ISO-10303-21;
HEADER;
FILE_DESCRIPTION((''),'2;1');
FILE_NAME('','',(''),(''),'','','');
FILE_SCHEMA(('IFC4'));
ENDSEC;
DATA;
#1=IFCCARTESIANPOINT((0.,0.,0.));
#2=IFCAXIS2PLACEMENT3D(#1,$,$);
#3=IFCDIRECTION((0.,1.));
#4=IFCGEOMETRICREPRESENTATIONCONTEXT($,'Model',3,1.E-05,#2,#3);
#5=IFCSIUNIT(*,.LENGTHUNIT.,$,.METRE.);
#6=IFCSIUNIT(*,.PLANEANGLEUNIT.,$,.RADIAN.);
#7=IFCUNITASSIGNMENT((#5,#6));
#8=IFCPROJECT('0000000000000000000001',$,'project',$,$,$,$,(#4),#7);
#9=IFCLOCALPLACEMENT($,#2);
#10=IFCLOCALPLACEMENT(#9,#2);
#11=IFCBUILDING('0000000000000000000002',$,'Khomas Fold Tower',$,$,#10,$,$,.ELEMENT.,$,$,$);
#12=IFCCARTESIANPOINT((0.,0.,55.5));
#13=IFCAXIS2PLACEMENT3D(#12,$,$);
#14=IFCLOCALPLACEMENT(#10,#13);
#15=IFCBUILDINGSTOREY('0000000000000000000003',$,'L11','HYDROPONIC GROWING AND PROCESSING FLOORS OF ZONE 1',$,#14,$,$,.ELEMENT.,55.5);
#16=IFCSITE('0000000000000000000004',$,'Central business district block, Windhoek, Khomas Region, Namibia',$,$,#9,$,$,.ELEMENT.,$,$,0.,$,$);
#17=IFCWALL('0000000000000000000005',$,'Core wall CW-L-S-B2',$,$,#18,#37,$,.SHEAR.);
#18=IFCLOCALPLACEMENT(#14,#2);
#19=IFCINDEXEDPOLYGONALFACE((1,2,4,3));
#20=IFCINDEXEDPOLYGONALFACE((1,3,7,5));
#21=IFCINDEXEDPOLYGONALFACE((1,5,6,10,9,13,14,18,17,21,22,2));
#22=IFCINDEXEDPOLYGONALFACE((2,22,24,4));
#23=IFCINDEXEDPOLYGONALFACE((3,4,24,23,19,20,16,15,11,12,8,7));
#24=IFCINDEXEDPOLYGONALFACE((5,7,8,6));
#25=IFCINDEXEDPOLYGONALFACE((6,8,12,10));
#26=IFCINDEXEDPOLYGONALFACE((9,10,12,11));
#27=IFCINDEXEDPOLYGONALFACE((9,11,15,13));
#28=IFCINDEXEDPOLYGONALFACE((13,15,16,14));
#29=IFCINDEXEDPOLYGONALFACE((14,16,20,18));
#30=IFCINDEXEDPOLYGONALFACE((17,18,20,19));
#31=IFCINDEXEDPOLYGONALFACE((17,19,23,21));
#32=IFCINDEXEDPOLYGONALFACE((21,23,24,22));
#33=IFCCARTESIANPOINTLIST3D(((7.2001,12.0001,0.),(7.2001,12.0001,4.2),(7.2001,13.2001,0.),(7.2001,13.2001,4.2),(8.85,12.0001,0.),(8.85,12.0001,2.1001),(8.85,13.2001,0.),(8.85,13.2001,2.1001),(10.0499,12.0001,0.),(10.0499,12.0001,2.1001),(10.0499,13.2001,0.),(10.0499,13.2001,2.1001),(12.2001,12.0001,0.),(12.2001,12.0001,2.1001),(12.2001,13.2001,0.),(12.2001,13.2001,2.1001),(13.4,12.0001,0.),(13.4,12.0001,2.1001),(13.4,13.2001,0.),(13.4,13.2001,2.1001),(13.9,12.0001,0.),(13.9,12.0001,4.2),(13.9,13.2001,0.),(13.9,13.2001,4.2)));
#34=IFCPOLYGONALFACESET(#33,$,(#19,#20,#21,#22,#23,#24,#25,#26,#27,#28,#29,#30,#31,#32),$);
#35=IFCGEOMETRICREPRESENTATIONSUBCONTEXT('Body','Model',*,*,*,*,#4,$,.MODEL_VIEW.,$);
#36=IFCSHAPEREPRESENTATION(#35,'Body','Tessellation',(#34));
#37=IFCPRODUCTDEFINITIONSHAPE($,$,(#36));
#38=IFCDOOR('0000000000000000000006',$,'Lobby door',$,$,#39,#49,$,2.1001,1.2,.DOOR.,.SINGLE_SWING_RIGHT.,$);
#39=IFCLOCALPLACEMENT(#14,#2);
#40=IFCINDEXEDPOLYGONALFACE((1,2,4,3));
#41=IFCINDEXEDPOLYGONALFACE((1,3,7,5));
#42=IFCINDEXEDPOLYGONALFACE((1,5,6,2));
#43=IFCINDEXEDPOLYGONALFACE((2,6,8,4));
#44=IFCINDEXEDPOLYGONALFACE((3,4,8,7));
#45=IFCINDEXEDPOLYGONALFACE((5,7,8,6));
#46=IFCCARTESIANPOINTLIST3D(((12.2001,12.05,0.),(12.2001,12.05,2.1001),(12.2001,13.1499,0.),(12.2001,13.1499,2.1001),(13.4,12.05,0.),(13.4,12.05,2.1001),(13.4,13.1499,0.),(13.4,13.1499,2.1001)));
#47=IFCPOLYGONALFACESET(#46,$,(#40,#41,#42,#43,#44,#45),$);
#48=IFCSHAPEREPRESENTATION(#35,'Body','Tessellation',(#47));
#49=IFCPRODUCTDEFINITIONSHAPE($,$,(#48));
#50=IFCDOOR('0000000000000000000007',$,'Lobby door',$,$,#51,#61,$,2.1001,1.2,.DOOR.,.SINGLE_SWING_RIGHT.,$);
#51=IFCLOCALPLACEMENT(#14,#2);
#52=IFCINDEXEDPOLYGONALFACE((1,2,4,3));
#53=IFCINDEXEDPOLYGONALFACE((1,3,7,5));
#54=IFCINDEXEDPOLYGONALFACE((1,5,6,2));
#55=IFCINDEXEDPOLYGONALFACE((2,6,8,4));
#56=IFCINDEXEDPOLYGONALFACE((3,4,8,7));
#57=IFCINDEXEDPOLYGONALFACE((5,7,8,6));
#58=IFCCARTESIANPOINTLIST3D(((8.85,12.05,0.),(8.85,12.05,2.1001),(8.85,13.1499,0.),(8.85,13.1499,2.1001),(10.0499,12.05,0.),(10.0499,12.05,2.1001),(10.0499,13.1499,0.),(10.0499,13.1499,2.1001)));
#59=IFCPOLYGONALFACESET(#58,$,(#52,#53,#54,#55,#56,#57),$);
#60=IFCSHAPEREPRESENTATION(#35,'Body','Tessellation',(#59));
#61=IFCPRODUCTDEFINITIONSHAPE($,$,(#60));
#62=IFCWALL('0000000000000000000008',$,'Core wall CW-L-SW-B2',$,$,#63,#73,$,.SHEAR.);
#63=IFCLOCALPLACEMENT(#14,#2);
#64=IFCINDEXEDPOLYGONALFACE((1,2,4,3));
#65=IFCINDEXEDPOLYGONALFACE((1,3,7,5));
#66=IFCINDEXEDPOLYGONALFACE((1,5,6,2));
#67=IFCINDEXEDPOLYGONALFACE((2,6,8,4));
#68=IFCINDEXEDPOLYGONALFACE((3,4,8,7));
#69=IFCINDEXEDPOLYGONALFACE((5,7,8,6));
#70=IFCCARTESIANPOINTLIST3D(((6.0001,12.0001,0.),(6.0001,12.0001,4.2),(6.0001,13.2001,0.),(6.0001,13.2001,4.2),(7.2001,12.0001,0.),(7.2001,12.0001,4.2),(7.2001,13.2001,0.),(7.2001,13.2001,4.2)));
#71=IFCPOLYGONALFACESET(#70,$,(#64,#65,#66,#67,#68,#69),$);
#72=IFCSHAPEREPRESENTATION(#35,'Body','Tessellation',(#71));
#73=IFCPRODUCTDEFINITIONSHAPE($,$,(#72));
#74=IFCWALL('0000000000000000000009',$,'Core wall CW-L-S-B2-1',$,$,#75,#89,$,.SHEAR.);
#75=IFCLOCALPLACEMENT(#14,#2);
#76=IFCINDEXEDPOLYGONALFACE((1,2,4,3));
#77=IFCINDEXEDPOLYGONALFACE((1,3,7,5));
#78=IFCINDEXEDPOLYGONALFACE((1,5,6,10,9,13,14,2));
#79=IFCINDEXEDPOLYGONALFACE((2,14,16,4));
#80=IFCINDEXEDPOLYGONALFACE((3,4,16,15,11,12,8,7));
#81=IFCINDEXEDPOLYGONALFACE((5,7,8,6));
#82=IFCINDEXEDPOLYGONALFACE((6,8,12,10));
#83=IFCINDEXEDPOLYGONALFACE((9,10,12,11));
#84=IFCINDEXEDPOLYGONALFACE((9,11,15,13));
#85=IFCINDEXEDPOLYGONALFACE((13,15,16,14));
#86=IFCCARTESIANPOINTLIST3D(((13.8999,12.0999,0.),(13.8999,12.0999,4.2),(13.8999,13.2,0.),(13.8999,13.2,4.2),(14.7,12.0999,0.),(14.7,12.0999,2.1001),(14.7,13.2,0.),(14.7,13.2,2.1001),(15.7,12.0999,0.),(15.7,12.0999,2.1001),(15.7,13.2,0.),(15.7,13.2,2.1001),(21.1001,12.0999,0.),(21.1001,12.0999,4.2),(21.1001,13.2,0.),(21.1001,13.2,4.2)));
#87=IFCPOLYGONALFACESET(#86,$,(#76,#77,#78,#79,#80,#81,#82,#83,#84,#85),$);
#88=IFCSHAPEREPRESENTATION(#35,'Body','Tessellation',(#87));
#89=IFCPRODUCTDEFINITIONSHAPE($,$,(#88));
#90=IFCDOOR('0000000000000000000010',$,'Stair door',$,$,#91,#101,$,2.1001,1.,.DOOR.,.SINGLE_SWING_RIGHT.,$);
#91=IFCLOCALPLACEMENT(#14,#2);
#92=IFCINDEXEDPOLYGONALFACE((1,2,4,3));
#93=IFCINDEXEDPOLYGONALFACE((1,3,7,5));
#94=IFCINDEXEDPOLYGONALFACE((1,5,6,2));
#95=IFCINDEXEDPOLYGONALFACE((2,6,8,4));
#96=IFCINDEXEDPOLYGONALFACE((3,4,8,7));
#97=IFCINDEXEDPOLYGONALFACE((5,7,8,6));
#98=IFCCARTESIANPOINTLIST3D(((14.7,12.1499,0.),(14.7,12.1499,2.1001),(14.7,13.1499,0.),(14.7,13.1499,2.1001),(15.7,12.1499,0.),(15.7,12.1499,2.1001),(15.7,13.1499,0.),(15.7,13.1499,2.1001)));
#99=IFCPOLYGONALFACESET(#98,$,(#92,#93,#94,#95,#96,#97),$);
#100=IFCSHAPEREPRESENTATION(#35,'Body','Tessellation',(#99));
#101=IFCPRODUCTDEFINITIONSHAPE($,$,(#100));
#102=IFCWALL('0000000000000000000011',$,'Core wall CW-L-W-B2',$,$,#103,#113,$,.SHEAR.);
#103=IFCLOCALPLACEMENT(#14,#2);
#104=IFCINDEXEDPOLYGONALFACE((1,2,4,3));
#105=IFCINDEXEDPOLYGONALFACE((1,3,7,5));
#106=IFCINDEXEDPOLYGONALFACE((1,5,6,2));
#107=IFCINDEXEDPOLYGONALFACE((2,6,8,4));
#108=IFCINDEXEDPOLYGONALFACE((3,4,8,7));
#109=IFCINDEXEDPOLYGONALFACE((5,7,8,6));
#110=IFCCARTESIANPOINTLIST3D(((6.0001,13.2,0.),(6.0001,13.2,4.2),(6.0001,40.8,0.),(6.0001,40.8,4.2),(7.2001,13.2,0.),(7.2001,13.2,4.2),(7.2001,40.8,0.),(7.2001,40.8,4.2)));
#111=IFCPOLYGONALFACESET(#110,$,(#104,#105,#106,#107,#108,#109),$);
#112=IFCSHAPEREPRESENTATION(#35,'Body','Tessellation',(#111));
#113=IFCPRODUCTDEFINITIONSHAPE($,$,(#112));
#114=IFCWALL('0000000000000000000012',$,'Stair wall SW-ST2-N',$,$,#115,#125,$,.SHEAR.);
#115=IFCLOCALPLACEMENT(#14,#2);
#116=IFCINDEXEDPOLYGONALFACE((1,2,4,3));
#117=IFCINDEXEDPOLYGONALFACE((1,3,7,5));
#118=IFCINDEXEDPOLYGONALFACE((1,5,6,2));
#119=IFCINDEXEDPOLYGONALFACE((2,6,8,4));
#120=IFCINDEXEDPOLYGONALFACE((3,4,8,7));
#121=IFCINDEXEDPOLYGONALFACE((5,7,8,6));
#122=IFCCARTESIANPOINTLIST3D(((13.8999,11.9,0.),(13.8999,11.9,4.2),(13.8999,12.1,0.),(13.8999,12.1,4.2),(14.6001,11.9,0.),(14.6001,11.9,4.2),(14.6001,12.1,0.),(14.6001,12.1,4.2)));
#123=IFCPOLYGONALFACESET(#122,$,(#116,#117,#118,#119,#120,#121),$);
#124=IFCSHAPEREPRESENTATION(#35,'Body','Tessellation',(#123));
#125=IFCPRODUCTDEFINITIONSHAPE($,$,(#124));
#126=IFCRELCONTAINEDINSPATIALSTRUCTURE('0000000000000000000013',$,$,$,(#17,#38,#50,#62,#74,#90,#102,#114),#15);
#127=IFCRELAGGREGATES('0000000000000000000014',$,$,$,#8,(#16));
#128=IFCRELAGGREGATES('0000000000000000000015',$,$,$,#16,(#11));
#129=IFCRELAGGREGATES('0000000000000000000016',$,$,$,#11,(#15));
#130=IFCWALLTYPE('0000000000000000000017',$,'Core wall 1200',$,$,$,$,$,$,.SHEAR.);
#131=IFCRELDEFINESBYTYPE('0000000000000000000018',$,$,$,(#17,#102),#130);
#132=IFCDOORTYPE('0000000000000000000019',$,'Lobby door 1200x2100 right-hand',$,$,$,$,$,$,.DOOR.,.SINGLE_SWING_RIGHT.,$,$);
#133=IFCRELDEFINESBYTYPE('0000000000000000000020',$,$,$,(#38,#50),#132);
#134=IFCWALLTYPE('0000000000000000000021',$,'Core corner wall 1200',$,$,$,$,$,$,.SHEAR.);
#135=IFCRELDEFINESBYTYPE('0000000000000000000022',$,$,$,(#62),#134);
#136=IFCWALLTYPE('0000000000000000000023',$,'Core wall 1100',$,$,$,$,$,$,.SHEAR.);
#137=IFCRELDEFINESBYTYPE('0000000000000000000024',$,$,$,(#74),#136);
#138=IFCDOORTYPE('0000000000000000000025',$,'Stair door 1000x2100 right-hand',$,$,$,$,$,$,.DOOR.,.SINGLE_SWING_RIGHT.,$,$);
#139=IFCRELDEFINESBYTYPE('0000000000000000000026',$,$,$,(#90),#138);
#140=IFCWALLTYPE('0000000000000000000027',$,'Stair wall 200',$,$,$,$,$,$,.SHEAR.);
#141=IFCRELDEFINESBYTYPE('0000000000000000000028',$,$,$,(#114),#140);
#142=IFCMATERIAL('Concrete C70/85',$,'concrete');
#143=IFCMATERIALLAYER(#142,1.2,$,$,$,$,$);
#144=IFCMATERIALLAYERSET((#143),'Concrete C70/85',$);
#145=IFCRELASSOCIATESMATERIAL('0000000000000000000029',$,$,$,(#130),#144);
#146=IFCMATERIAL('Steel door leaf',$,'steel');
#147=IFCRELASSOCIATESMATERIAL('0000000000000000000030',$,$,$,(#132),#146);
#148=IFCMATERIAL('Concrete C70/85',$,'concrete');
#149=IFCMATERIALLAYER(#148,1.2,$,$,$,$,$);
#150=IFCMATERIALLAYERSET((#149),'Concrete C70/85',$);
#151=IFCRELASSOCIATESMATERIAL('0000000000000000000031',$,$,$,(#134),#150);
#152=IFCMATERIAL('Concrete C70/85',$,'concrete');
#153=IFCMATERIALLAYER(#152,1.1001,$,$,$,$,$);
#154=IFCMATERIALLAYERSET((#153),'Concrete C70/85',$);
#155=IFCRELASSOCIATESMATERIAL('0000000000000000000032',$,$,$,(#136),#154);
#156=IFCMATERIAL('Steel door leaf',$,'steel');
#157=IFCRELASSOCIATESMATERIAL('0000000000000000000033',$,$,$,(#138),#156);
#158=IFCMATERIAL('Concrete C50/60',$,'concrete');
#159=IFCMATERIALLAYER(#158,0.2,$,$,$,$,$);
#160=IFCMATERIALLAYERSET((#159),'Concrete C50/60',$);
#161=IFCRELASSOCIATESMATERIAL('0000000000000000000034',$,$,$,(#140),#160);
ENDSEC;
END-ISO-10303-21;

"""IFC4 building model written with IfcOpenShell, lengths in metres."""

from ifc_helpers import new_model, si_unit, direction, frame, frame_2d, origin, place, context, subcontext, project, spatial, rectangle, extrude, source, transform, mapped, material, layer, layer_set, type_object, element, fill, save


model = new_model("IFC4")

# Units and contexts
model_context = context("Model", 3, precision=1e-05, world=origin(), true_north=direction((0.0, 1.0)))
body_context = subcontext(model_context, "Body", "Model", "MODEL_VIEW")
ifc_project = project(units=[si_unit("LENGTHUNIT", "METRE"), si_unit("PLANEANGLEUNIT", "RADIAN")], contexts=[model_context])

# Site, building, storey
site_placement = place(None, origin())
site = spatial("IfcSite", under=ifc_project, at=site_placement, Name="Central business district block, Windhoek, Khomas Region, Namibia", CompositionType="ELEMENT", RefElevation=0.0)
building_placement = place(site_placement, origin())
building = spatial("IfcBuilding", under=site, at=building_placement, Name="Khomas Fold Tower", CompositionType="ELEMENT")
storey_placement = place(building_placement, frame((0.0, 0.0, 55.5)))
storey = spatial("IfcBuildingStorey", under=building, at=storey_placement, Name="L11", Description="HYDROPONIC GROWING AND PROCESSING FLOORS OF ZONE 1", CompositionType="ELEMENT", Elevation=55.5)

# Wall, openings, doors
ifc_material_1 = material(Name="Concrete C70/85", Category="concrete")
ifc_layer_1 = layer(ifc_material_1, 1.2)
ifc_layer_set_1 = layer_set([ifc_layer_1], Name="Concrete C70/85")
wall_type_1 = type_object("IfcWallType", Name="Core wall 1200", PredefinedType="SHEAR", material=ifc_layer_set_1)
shared_shape_1 = source(origin(), body_context, "Body", "SweptSolid", [
    extrude(rectangle(XDim=6.7, YDim=1.2, at=frame_2d((3.3501, 0.0))), origin(), (0.0, 0.0, 1.0), 4.2),
])
wall_1_placement = place(storey_placement, frame((7.2, 12.6001, 0.0), z_axis=(0.0, 0.0, 1.0), x_axis=(1.0, 0.0, 0.0)))
wall_1 = element("IfcWall", 1, at=wall_1_placement, inside=storey, type_object=wall_type_1, Name="Core wall CW-L-S-B2", PredefinedType="SHEAR", context=body_context, shape_type="MappedRepresentation", body=[
    mapped(shared_shape_1, transform((0.0, 0.0, 0.0))),
])
shared_shape_2 = source(origin(), body_context, "Body", "SweptSolid", [
    extrude(rectangle(XDim=1.2, YDim=2.1001, at=frame_2d((0.6001, 1.05))), frame((0.0, 0.6099, 0.0), z_axis=(0.0, -1.0, 0.0), x_axis=(1.0, 0.0, 0.0)), (0.0, 0.0, 1.0), 1.22),
])
opening_1_placement = place(wall_1_placement, frame((5.0, 0.0, 0.0)))
opening_1 = element("IfcOpeningElement", 2, at=opening_1_placement, cuts=wall_1, PredefinedType="OPENING", context=body_context, shape_type="MappedRepresentation", body=[
    mapped(shared_shape_2, transform((0.0, 0.0, 0.0))),
])
opening_2_placement = place(wall_1_placement, frame((1.6499, 0.0, 0.0)))
opening_2 = element("IfcOpeningElement", 3, at=opening_2_placement, cuts=wall_1, PredefinedType="OPENING", context=body_context, shape_type="MappedRepresentation", body=[
    mapped(shared_shape_2, transform((0.0, 0.0, 0.0))),
])
ifc_material_2 = material(Name="Steel door leaf", Category="steel")
door_type_1 = type_object("IfcDoorType", Name="Lobby door 1200x2100 right-hand", OperationType="SINGLE_SWING_RIGHT", PredefinedType="DOOR", material=ifc_material_2)
shared_shape_3 = source(origin(), body_context, "Body", "SweptSolid", [
    extrude(rectangle(XDim=1.2, YDim=2.1001, at=frame_2d((0.6001, 1.05))), frame((0.0, 0.5498, 0.0), z_axis=(0.0, -1.0, 0.0), x_axis=(1.0, 0.0, 0.0)), (0.0, 0.0, 1.0), 1.0999),
])
door_1_placement = place(opening_1_placement, origin())
door_1 = element("IfcDoor", 4, at=door_1_placement, inside=storey, type_object=door_type_1, Name="Lobby door", OperationType="SINGLE_SWING_RIGHT", OverallHeight=2.1001, OverallWidth=1.2, PredefinedType="DOOR", context=body_context, shape_type="MappedRepresentation", body=[
    mapped(shared_shape_3, transform((0.0, 0.0, 0.0))),
])
fill(opening_1, door_1)
door_2_placement = place(opening_2_placement, origin())
door_2 = element("IfcDoor", 5, at=door_2_placement, inside=storey, type_object=door_type_1, Name="Lobby door", OperationType="SINGLE_SWING_RIGHT", OverallHeight=2.1001, OverallWidth=1.2, PredefinedType="DOOR", context=body_context, shape_type="MappedRepresentation", body=[
    mapped(shared_shape_3, transform((0.0, 0.0, 0.0))),
])
fill(opening_2, door_2)

# Wall
ifc_material_3 = material(Name="Concrete C70/85", Category="concrete")
ifc_layer_2 = layer(ifc_material_3, 1.2)
ifc_layer_set_2 = layer_set([ifc_layer_2], Name="Concrete C70/85")
wall_type_2 = type_object("IfcWallType", Name="Core corner wall 1200", PredefinedType="SHEAR", material=ifc_layer_set_2)
shared_shape_4 = source(origin(), body_context, "Body", "SweptSolid", [
    extrude(rectangle(XDim=1.2, YDim=1.2, at=frame_2d((0.6001, 0.0))), origin(), (0.0, 0.0, 1.0), 4.2),
])
wall_2_placement = place(storey_placement, frame((6.0, 12.6001, 0.0), z_axis=(0.0, 0.0, 1.0), x_axis=(1.0, 0.0, 0.0)))
element("IfcWall", 6, at=wall_2_placement, inside=storey, type_object=wall_type_2, Name="Core wall CW-L-SW-B2", PredefinedType="SHEAR", context=body_context, shape_type="MappedRepresentation", body=[
    mapped(shared_shape_4, transform((0.0, 0.0, 0.0))),
])

# Wall, opening, door
ifc_material_4 = material(Name="Concrete C70/85", Category="concrete")
ifc_layer_3 = layer(ifc_material_4, 1.1001)
ifc_layer_set_3 = layer_set([ifc_layer_3], Name="Concrete C70/85")
wall_type_3 = type_object("IfcWallType", Name="Core wall 1100", PredefinedType="SHEAR", material=ifc_layer_set_3)
shared_shape_5 = source(origin(), body_context, "Body", "SweptSolid", [
    extrude(rectangle(XDim=7.2002, YDim=1.1001, at=frame_2d((3.6001, 0.0))), origin(), (0.0, 0.0, 1.0), 4.2),
])
wall_3_placement = place(storey_placement, frame((13.8999, 12.6499, 0.0), z_axis=(0.0, 0.0, 1.0), x_axis=(1.0, 0.0, 0.0)))
wall_3 = element("IfcWall", 7, at=wall_3_placement, inside=storey, type_object=wall_type_3, Name="Core wall CW-L-S-B2-1", PredefinedType="SHEAR", context=body_context, shape_type="MappedRepresentation", body=[
    mapped(shared_shape_5, transform((0.0, 0.0, 0.0))),
])
shared_shape_6 = source(origin(), body_context, "Body", "SweptSolid", [
    extrude(rectangle(XDim=1.0, YDim=2.1001, at=frame_2d((0.5, 1.05))), frame((0.0, 0.5601, 0.0), z_axis=(0.0, -1.0, 0.0), x_axis=(1.0, 0.0, 0.0)), (0.0, 0.0, 1.0), 1.1201),
])
opening_3_placement = place(wall_3_placement, frame((0.8, 0.0, 0.0)))
opening_3 = element("IfcOpeningElement", 8, at=opening_3_placement, cuts=wall_3, PredefinedType="OPENING", context=body_context, shape_type="MappedRepresentation", body=[
    mapped(shared_shape_6, transform((0.0, 0.0, 0.0))),
])
ifc_material_5 = material(Name="Steel door leaf", Category="steel")
door_type_2 = type_object("IfcDoorType", Name="Stair door 1000x2100 right-hand", OperationType="SINGLE_SWING_RIGHT", PredefinedType="DOOR", material=ifc_material_5)
shared_shape_7 = source(origin(), body_context, "Body", "SweptSolid", [
    extrude(rectangle(XDim=1.0, YDim=2.1001, at=frame_2d((0.5, 1.05))), frame((0.0, 0.5, 0.0), z_axis=(0.0, -1.0, 0.0), x_axis=(1.0, 0.0, 0.0)), (0.0, 0.0, 1.0), 1.0),
])
door_3_placement = place(opening_3_placement, origin())
door_3 = element("IfcDoor", 9, at=door_3_placement, inside=storey, type_object=door_type_2, Name="Stair door", OperationType="SINGLE_SWING_RIGHT", OverallHeight=2.1001, OverallWidth=1.0, PredefinedType="DOOR", context=body_context, shape_type="MappedRepresentation", body=[
    mapped(shared_shape_7, transform((0.0, 0.0, 0.0))),
])
fill(opening_3, door_3)

# Walls
shared_shape_8 = source(origin(), body_context, "Body", "SweptSolid", [
    extrude(rectangle(XDim=27.6001, YDim=1.2, at=frame_2d((13.8, 0.0))), origin(), (0.0, 0.0, 1.0), 4.2),
])
wall_4_placement = place(storey_placement, frame((6.6001, 13.2, 0.0), z_axis=(0.0, 0.0, 1.0), x_axis=(0.0, 1.0, 0.0)))
element("IfcWall", 10, at=wall_4_placement, inside=storey, type_object=wall_type_1, Name="Core wall CW-L-W-B2", PredefinedType="SHEAR", context=body_context, shape_type="MappedRepresentation", body=[
    mapped(shared_shape_8, transform((0.0, 0.0, 0.0))),
])
ifc_material_6 = material(Name="Concrete C50/60", Category="concrete")
ifc_layer_4 = layer(ifc_material_6, 0.2)
ifc_layer_set_4 = layer_set([ifc_layer_4], Name="Concrete C50/60")
wall_type_4 = type_object("IfcWallType", Name="Stair wall 200", PredefinedType="SHEAR", material=ifc_layer_set_4)
shared_shape_9 = source(origin(), body_context, "Body", "SweptSolid", [
    extrude(rectangle(XDim=0.7002, YDim=0.2, at=frame_2d((0.3501, 0.0))), origin(), (0.0, 0.0, 1.0), 4.2),
])
wall_5_placement = place(storey_placement, frame((13.8999, 12.0, 0.0), z_axis=(0.0, 0.0, 1.0), x_axis=(1.0, 0.0, 0.0)))
element("IfcWall", 11, at=wall_5_placement, inside=storey, type_object=wall_type_4, Name="Stair wall SW-ST2-N", PredefinedType="SHEAR", context=body_context, shape_type="MappedRepresentation", body=[
    mapped(shared_shape_9, transform((0.0, 0.0, 0.0))),
])

save(model, "model.ifc")
